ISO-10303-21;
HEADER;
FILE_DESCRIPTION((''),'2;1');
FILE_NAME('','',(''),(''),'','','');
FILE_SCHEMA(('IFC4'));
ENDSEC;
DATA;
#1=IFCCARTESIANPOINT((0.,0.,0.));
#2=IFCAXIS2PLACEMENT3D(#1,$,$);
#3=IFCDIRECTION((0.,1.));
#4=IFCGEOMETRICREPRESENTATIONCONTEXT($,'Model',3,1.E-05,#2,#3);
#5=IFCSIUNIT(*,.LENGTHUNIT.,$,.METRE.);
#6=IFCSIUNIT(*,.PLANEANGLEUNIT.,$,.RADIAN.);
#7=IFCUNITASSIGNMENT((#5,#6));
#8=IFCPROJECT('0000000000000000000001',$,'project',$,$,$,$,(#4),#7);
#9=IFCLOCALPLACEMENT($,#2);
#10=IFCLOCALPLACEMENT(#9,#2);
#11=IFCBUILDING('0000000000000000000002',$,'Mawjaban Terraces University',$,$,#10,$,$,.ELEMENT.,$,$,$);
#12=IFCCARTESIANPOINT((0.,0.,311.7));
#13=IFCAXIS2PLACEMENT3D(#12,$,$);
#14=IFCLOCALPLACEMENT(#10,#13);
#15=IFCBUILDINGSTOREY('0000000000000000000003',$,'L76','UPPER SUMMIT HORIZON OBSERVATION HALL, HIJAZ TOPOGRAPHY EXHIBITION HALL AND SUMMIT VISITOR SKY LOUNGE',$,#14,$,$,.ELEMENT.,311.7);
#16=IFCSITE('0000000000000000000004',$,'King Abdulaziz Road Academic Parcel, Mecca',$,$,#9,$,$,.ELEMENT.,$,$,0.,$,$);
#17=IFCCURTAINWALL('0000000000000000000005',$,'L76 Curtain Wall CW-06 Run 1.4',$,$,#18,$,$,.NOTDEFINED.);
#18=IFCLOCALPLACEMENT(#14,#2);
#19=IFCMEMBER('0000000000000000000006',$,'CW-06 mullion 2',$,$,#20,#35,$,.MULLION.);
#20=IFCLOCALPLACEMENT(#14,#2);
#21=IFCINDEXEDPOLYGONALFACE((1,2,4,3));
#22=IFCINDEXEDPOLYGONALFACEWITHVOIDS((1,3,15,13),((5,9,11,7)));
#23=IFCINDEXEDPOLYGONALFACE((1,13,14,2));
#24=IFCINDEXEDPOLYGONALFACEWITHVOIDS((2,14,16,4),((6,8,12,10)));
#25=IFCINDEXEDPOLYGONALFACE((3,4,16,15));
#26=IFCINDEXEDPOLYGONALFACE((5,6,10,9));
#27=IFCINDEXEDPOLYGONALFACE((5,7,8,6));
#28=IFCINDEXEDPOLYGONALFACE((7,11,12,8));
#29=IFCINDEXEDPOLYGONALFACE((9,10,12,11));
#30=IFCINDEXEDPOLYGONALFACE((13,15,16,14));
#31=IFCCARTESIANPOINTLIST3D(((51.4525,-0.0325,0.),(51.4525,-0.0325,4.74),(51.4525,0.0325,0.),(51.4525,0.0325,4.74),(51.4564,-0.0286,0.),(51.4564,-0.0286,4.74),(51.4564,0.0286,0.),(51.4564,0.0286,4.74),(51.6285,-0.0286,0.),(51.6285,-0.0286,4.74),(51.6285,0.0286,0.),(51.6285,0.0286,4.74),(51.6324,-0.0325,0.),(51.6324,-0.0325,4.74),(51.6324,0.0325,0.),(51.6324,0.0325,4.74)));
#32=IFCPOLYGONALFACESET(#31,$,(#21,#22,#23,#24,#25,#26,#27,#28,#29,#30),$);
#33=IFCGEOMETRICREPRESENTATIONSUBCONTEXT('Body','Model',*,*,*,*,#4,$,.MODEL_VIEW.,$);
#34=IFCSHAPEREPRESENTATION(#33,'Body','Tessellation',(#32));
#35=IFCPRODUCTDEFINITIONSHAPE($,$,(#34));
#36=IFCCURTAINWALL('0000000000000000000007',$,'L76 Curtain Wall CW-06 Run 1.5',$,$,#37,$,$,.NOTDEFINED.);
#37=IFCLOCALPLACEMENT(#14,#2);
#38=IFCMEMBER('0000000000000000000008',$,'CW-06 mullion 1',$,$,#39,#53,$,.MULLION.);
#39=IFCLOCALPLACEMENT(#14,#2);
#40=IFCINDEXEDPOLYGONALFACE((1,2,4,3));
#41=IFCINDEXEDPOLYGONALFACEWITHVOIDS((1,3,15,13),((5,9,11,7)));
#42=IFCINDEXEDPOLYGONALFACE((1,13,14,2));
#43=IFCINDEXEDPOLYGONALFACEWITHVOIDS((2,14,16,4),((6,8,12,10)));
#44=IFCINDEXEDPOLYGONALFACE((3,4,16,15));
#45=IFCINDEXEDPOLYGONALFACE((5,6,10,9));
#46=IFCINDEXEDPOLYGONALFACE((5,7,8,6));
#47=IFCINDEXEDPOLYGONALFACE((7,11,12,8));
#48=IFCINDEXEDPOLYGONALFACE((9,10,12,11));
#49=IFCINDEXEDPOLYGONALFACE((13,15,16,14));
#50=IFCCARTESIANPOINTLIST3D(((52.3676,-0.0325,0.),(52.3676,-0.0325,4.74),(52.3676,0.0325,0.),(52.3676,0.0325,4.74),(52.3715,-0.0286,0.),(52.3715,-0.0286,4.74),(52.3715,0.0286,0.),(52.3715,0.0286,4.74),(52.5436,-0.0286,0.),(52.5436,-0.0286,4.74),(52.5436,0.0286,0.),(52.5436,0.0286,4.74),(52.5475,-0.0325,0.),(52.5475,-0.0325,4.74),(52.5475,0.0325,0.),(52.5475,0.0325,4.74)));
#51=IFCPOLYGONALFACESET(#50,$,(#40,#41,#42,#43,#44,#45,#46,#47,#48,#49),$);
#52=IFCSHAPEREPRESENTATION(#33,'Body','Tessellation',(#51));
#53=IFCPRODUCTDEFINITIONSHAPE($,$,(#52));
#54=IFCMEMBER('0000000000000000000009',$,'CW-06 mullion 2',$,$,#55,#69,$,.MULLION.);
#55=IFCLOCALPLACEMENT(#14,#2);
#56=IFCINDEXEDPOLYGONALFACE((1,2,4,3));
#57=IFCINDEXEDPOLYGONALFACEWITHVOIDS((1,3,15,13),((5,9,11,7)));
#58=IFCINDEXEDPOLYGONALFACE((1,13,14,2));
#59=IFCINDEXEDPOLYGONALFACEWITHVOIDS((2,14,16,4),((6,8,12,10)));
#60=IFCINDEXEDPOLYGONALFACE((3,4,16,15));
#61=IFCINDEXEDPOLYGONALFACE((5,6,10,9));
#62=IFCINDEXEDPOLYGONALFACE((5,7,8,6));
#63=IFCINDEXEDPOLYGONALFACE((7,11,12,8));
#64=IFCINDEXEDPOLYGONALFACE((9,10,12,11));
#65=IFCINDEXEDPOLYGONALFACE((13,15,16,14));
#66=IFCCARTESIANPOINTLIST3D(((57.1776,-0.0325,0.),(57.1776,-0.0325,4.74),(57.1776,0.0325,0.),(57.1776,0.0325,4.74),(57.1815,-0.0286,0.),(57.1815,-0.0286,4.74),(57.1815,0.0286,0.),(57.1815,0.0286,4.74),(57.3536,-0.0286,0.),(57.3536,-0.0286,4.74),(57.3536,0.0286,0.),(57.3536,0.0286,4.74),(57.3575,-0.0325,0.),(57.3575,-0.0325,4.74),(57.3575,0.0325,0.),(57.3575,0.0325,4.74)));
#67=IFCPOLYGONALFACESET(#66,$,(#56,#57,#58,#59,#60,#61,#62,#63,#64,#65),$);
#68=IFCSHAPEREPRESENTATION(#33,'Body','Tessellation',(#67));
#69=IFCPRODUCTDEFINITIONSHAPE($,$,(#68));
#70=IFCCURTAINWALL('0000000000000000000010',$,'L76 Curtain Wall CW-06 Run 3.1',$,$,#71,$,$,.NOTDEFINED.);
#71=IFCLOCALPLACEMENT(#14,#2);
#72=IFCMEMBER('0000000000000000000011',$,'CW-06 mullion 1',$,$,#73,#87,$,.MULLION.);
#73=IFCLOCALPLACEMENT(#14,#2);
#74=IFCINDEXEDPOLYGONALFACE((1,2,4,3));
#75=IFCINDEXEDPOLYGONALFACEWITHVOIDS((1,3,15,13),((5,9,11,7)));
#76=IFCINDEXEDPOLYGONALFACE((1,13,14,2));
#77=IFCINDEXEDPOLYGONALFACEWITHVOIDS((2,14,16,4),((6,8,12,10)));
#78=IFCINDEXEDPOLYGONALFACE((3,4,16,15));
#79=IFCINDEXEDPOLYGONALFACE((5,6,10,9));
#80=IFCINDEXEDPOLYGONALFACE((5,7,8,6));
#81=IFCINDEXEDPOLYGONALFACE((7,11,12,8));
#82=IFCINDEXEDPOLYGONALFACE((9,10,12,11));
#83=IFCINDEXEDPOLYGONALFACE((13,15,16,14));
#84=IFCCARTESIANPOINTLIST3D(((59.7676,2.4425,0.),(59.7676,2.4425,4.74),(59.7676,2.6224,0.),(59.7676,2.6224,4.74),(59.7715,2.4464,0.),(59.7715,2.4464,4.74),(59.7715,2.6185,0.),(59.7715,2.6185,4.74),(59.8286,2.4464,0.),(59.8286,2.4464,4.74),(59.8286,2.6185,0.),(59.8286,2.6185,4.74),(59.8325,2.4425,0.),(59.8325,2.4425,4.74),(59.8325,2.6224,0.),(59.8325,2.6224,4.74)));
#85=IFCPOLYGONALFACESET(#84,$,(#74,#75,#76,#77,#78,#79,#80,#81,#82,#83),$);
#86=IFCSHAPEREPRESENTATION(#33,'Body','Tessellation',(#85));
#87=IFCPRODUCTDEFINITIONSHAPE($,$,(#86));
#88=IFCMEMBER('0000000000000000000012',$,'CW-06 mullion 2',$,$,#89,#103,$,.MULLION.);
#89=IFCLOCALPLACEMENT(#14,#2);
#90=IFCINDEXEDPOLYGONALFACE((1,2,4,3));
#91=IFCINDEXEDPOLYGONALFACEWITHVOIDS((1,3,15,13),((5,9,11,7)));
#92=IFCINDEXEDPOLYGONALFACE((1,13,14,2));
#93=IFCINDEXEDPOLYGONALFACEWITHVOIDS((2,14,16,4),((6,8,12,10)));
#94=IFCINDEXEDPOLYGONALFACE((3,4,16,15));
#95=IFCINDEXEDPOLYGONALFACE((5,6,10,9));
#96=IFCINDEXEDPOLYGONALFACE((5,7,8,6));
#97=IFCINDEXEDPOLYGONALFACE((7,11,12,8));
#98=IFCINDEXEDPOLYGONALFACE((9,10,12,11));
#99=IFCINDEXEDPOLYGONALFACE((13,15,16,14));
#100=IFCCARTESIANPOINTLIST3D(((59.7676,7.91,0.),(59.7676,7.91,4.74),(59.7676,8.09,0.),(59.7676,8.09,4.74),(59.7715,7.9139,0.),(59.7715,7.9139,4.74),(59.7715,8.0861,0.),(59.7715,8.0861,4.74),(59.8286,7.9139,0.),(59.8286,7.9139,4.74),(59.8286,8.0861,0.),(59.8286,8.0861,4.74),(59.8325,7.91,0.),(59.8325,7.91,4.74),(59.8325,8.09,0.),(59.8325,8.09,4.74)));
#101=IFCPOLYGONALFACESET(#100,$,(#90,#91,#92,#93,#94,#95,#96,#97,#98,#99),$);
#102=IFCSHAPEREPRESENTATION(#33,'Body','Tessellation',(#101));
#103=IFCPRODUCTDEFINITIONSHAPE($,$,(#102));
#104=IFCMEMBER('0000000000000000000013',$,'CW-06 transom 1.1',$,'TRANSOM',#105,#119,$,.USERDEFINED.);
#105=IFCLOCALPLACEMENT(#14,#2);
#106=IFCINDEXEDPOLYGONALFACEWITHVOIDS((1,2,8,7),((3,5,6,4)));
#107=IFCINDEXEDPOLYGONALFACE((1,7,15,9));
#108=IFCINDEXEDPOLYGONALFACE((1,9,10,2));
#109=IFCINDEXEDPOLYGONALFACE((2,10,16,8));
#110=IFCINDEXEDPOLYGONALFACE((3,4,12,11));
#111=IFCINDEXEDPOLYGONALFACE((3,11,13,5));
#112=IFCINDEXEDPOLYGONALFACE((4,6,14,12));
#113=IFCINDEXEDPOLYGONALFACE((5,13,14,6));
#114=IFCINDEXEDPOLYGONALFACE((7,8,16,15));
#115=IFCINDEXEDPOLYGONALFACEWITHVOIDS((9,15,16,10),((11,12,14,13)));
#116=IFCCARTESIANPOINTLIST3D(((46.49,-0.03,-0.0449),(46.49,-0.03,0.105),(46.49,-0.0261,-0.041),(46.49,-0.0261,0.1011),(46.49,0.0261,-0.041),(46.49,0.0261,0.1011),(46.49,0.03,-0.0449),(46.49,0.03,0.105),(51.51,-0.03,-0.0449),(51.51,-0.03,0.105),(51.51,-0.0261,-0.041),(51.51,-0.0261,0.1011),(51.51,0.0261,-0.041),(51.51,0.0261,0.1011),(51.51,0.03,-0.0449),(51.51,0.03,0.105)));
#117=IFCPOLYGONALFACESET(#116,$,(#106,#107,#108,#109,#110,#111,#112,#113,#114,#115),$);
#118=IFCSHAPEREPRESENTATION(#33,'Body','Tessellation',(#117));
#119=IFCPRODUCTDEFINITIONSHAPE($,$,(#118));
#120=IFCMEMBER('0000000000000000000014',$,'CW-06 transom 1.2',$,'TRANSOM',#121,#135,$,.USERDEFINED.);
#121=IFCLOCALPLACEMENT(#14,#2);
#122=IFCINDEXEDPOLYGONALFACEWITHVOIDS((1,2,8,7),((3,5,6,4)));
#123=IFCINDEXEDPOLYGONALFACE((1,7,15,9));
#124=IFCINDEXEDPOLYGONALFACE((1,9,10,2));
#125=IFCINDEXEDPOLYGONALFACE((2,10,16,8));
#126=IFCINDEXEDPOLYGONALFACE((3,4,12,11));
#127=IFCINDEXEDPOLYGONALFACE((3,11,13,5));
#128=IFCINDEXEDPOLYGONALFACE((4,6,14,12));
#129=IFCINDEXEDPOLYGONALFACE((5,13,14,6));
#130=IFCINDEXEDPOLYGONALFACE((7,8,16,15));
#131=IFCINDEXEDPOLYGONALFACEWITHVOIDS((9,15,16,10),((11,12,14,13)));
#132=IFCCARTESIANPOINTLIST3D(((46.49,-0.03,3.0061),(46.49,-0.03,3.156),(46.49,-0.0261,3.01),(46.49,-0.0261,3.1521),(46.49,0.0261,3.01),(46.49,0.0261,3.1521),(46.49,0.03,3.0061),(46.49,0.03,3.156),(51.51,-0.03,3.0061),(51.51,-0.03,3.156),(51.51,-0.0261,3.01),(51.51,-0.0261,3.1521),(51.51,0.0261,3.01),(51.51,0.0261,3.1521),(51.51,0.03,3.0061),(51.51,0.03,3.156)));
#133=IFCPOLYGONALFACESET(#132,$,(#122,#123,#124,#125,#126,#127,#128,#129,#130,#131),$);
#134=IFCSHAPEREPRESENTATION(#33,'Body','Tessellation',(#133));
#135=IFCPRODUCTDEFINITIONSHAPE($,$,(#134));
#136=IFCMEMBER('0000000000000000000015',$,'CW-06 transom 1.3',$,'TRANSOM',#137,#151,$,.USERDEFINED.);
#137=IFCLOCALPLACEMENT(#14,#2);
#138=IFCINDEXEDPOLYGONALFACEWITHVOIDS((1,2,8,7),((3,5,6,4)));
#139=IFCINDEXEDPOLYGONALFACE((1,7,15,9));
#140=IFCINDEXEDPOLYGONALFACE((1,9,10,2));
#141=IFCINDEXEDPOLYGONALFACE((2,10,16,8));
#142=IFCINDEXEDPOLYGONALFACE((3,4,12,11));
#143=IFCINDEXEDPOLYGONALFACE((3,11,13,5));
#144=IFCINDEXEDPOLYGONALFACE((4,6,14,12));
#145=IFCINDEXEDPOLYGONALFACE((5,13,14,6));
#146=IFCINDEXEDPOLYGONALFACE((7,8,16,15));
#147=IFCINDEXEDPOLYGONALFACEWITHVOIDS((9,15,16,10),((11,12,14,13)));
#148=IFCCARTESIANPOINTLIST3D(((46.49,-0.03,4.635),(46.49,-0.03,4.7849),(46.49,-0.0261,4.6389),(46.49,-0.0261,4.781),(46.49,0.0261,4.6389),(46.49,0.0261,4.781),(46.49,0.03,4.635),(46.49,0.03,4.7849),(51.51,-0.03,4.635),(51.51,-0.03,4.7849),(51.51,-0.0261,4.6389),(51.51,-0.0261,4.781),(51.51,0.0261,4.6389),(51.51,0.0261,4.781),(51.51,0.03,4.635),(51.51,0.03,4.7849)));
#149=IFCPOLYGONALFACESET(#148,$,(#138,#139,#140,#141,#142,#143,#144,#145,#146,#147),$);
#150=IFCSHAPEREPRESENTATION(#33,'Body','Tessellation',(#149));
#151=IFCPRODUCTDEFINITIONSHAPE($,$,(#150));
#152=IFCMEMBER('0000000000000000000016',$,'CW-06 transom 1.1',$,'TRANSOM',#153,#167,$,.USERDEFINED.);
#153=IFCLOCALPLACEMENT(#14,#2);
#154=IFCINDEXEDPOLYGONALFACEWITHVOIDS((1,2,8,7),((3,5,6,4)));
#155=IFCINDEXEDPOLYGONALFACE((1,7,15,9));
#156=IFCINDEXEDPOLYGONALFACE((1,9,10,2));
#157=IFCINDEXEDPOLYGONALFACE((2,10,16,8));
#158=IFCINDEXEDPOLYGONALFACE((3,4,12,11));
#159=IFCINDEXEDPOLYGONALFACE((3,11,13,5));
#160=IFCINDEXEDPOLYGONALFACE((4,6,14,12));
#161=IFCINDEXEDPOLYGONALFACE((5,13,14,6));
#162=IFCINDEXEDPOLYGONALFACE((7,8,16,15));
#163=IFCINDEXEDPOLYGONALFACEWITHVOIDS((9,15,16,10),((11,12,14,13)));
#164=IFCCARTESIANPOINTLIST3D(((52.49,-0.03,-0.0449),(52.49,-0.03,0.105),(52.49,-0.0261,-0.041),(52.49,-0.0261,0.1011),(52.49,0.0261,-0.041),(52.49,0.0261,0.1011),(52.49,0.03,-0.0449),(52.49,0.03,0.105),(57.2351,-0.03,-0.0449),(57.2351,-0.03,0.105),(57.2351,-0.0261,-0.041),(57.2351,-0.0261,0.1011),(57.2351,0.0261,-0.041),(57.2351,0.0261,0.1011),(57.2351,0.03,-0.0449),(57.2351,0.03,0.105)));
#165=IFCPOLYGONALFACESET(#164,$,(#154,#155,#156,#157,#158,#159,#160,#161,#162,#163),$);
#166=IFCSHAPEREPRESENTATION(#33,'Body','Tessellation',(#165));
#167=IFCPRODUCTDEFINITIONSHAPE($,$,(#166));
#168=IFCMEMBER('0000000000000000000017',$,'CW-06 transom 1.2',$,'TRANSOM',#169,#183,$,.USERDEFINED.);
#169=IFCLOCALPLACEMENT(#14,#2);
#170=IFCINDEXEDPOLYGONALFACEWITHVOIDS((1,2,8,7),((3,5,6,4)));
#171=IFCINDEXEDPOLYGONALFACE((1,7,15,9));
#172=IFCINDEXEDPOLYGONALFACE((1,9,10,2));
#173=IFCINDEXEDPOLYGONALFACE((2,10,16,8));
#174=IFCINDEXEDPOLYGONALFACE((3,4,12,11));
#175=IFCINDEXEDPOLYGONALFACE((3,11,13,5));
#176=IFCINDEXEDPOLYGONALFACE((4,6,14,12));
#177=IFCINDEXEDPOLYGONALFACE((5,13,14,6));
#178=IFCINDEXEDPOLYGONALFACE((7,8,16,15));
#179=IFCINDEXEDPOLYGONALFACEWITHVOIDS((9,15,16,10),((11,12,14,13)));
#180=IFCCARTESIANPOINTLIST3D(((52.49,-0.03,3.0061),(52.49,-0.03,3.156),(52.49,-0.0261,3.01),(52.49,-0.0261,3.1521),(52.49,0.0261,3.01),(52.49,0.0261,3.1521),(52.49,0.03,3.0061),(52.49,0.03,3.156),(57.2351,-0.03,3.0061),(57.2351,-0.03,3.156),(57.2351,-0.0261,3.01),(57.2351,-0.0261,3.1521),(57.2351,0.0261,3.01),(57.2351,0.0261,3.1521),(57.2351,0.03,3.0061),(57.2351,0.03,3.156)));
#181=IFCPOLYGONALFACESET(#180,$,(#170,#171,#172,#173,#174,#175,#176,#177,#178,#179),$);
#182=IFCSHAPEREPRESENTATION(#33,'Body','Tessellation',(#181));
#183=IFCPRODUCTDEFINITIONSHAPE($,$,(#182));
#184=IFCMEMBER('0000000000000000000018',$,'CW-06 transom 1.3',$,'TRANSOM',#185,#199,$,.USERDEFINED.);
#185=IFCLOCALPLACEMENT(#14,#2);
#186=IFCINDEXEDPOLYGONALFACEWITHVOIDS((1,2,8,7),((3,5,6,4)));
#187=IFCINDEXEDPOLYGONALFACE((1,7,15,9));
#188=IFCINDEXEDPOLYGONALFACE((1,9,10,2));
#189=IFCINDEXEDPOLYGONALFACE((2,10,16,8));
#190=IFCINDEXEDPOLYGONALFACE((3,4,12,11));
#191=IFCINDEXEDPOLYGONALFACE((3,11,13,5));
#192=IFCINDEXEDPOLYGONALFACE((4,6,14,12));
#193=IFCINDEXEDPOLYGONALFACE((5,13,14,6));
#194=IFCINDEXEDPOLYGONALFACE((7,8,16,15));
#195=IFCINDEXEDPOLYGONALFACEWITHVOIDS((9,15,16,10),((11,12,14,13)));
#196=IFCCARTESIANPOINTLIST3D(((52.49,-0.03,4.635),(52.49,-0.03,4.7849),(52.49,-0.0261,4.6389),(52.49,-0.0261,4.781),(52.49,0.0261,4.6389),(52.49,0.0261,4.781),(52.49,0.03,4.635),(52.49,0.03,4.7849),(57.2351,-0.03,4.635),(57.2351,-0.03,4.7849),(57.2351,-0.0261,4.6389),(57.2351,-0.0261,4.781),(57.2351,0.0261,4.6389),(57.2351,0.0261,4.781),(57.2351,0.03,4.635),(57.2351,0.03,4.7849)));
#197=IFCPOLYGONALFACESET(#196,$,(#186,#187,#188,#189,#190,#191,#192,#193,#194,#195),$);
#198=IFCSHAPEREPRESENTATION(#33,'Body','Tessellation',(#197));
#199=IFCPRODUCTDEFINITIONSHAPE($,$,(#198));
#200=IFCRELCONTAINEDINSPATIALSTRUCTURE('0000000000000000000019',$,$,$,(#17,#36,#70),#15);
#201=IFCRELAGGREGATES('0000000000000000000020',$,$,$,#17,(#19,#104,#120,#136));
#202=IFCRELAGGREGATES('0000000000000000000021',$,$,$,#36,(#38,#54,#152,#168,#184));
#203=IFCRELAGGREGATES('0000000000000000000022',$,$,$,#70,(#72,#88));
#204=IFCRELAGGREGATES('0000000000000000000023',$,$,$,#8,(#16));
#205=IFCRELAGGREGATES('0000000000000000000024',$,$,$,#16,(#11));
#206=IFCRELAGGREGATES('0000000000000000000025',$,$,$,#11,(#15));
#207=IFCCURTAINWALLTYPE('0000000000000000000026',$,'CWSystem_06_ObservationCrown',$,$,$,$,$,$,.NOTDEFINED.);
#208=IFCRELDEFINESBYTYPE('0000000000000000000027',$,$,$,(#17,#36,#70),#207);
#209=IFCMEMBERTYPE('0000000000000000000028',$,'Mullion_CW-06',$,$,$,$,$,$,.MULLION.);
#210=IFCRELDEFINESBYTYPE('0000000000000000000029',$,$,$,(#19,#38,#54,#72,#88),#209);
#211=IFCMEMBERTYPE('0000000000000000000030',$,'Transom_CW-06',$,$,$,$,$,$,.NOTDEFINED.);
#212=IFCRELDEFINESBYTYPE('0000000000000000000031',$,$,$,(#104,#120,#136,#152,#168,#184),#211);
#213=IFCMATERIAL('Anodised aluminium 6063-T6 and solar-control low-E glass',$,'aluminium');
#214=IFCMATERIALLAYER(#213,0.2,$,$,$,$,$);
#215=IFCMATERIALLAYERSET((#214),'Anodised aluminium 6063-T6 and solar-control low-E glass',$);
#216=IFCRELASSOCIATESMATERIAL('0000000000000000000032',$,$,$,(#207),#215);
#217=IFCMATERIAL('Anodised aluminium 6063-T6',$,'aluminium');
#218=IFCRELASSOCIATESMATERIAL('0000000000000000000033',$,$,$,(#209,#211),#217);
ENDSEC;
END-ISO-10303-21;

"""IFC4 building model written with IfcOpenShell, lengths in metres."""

from ifc_helpers import new_model, si_unit, direction, frame, origin, origin_2d, place, context, subcontext, project, spatial, hollow_rectangle, extrude, material, layer, layer_set, material_profile, profile_set, type_object, element, aggregate, save


model = new_model("IFC4")

# Units and contexts
model_context = context("Model", 3, precision=1e-05, world=origin(), true_north=direction((0.0, 1.0)))
body_context = subcontext(model_context, "Body", "Model", "MODEL_VIEW")
ifc_project = project(units=[si_unit("LENGTHUNIT", "METRE"), si_unit("PLANEANGLEUNIT", "RADIAN")], contexts=[model_context])

# Site, building, storey
site_placement = place(None, origin())
site = spatial("IfcSite", under=ifc_project, at=site_placement, Name="King Abdulaziz Road Academic Parcel, Mecca", CompositionType="ELEMENT", RefElevation=0.0)
building_placement = place(site_placement, origin())
building = spatial("IfcBuilding", under=site, at=building_placement, Name="Mawjaban Terraces University", CompositionType="ELEMENT")
storey_placement = place(building_placement, frame((0.0, 0.0, 311.7)))
storey = spatial("IfcBuildingStorey", under=building, at=storey_placement, Name="L76", Description="UPPER SUMMIT HORIZON OBSERVATION HALL, HIJAZ TOPOGRAPHY EXHIBITION HALL AND SUMMIT VISITOR SKY LOUNGE", CompositionType="ELEMENT", Elevation=311.7)

# Curtain walls, members
ifc_material_1 = material(Name="Anodised aluminium 6063-T6 and solar-control low-E glass", Category="aluminium")
ifc_layer_1 = layer(ifc_material_1, 0.2)
ifc_layer_set_1 = layer_set([ifc_layer_1], Name="Anodised aluminium 6063-T6 and solar-control low-E glass")
curtain_wall_type = type_object("IfcCurtainWallType", Name="CWSystem_06_ObservationCrown", PredefinedType="NOTDEFINED", material=ifc_layer_set_1)
curtain_wall_1_placement = place(storey_placement, origin())
curtain_wall_1 = element("IfcCurtainWall", 1, at=curtain_wall_1_placement, inside=storey, type_object=curtain_wall_type, Name="L76 Curtain Wall CW-06 Run 1.4", PredefinedType="NOTDEFINED")
ifc_material_2 = material(Name="Anodised aluminium 6063-T6", Category="aluminium")
ifc_material_profile_1 = material_profile(ifc_material_2, hollow_rectangle(XDim=0.0649, YDim=0.1799, WallThickness=0.0039, at=origin_2d()), Name="ALU180X65X4")
ifc_profile_set_1 = profile_set([ifc_material_profile_1], Name="Anodised aluminium 6063-T6")
member_type_1 = type_object("IfcMemberType", Name="Mullion_CW-06", PredefinedType="MULLION", material=ifc_profile_set_1)
member_1_placement = place(storey_placement, frame((51.5425, 0.0, 0.0), z_axis=(0.0, 0.0, 1.0), x_axis=(0.0, 1.0, 0.0)))
member_1 = element("IfcMember", 2, at=member_1_placement, type_object=member_type_1, Name="CW-06 mullion 2", PredefinedType="MULLION", context=body_context, shape_type="SweptSolid", body=[
    extrude(hollow_rectangle(XDim=0.0649, YDim=0.1799, WallThickness=0.0039, at=origin_2d()), origin(), (0.0, 0.0, 1.0), 4.74),
])
curtain_wall_2_placement = place(storey_placement, origin())
curtain_wall_2 = element("IfcCurtainWall", 3, at=curtain_wall_2_placement, inside=storey, type_object=curtain_wall_type, Name="L76 Curtain Wall CW-06 Run 1.5", PredefinedType="NOTDEFINED")
member_2_placement = place(storey_placement, frame((52.4575, 0.0, 0.0), z_axis=(0.0, 0.0, 1.0), x_axis=(0.0, 1.0, 0.0)))
member_2 = element("IfcMember", 4, at=member_2_placement, type_object=member_type_1, Name="CW-06 mullion 1", PredefinedType="MULLION", context=body_context, shape_type="SweptSolid", body=[
    extrude(hollow_rectangle(XDim=0.0649, YDim=0.1799, WallThickness=0.0039, at=origin_2d()), origin(), (0.0, 0.0, 1.0), 4.74),
])
member_3_placement = place(storey_placement, frame((57.2676, 0.0, 0.0), z_axis=(0.0, 0.0, 1.0), x_axis=(0.0, 1.0, 0.0)))
member_3 = element("IfcMember", 5, at=member_3_placement, type_object=member_type_1, Name="CW-06 mullion 2", PredefinedType="MULLION", context=body_context, shape_type="SweptSolid", body=[
    extrude(hollow_rectangle(XDim=0.0649, YDim=0.1799, WallThickness=0.0039, at=origin_2d()), origin(), (0.0, 0.0, 1.0), 4.74),
])
curtain_wall_3_placement = place(storey_placement, origin())
curtain_wall_3 = element("IfcCurtainWall", 6, at=curtain_wall_3_placement, inside=storey, type_object=curtain_wall_type, Name="L76 Curtain Wall CW-06 Run 3.1", PredefinedType="NOTDEFINED")
member_4_placement = place(storey_placement, frame((59.8, 2.5325, 0.0), z_axis=(0.0, 0.0, 1.0), x_axis=(-1.0, 0.0, 0.0)))
member_4 = element("IfcMember", 7, at=member_4_placement, type_object=member_type_1, Name="CW-06 mullion 1", PredefinedType="MULLION", context=body_context, shape_type="SweptSolid", body=[
    extrude(hollow_rectangle(XDim=0.0649, YDim=0.1799, WallThickness=0.0039, at=origin_2d()), origin(), (0.0, 0.0, 1.0), 4.74),
])
member_5_placement = place(storey_placement, frame((59.8, 8.0, 0.0), z_axis=(0.0, 0.0, 1.0), x_axis=(-1.0, 0.0, 0.0)))
member_5 = element("IfcMember", 8, at=member_5_placement, type_object=member_type_1, Name="CW-06 mullion 2", PredefinedType="MULLION", context=body_context, shape_type="SweptSolid", body=[
    extrude(hollow_rectangle(XDim=0.0649, YDim=0.1799, WallThickness=0.0039, at=origin_2d()), origin(), (0.0, 0.0, 1.0), 4.74),
])

# Members
ifc_material_profile_2 = material_profile(ifc_material_2, hollow_rectangle(XDim=0.0601, YDim=0.1499, WallThickness=0.0039, at=origin_2d()), Name="ALU150X60X4")
ifc_profile_set_2 = profile_set([ifc_material_profile_2], Name="Anodised aluminium 6063-T6")
member_type_2 = type_object("IfcMemberType", Name="Transom_CW-06", PredefinedType="NOTDEFINED", material=ifc_profile_set_2)
member_6_placement = place(storey_placement, frame((46.49, 0.0, 0.03), z_axis=(1.0, 0.0, 0.0), x_axis=(0.0, 1.0, 0.0)))
member_6 = element("IfcMember", 9, at=member_6_placement, type_object=member_type_2, Name="CW-06 transom 1.1", ObjectType="TRANSOM", PredefinedType="USERDEFINED", context=body_context, shape_type="SweptSolid", body=[
    extrude(hollow_rectangle(XDim=0.0601, YDim=0.1499, WallThickness=0.0039, at=origin_2d()), origin(), (0.0, 0.0, 1.0), 5.02),
])
member_7_placement = place(storey_placement, frame((46.49, 0.0, 3.0811), z_axis=(1.0, 0.0, 0.0), x_axis=(0.0, 1.0, 0.0)))
member_7 = element("IfcMember", 10, at=member_7_placement, type_object=member_type_2, Name="CW-06 transom 1.2", ObjectType="TRANSOM", PredefinedType="USERDEFINED", context=body_context, shape_type="SweptSolid", body=[
    extrude(hollow_rectangle(XDim=0.0601, YDim=0.1499, WallThickness=0.0039, at=origin_2d()), origin(), (0.0, 0.0, 1.0), 5.02),
])
member_8_placement = place(storey_placement, frame((46.49, 0.0, 4.71), z_axis=(1.0, 0.0, 0.0), x_axis=(0.0, 1.0, 0.0)))
member_8 = element("IfcMember", 11, at=member_8_placement, type_object=member_type_2, Name="CW-06 transom 1.3", ObjectType="TRANSOM", PredefinedType="USERDEFINED", context=body_context, shape_type="SweptSolid", body=[
    extrude(hollow_rectangle(XDim=0.0601, YDim=0.1499, WallThickness=0.0039, at=origin_2d()), origin(), (0.0, 0.0, 1.0), 5.02),
])
member_9_placement = place(storey_placement, frame((52.49, 0.0, 0.03), z_axis=(1.0, 0.0, 0.0), x_axis=(0.0, 1.0, 0.0)))
member_9 = element("IfcMember", 12, at=member_9_placement, type_object=member_type_2, Name="CW-06 transom 1.1", ObjectType="TRANSOM", PredefinedType="USERDEFINED", context=body_context, shape_type="SweptSolid", body=[
    extrude(hollow_rectangle(XDim=0.0601, YDim=0.1499, WallThickness=0.0039, at=origin_2d()), origin(), (0.0, 0.0, 1.0), 4.7451),
])
member_10_placement = place(storey_placement, frame((52.49, 0.0, 3.0811), z_axis=(1.0, 0.0, 0.0), x_axis=(0.0, 1.0, 0.0)))
member_10 = element("IfcMember", 13, at=member_10_placement, type_object=member_type_2, Name="CW-06 transom 1.2", ObjectType="TRANSOM", PredefinedType="USERDEFINED", context=body_context, shape_type="SweptSolid", body=[
    extrude(hollow_rectangle(XDim=0.0601, YDim=0.1499, WallThickness=0.0039, at=origin_2d()), origin(), (0.0, 0.0, 1.0), 4.7451),
])
member_11_placement = place(storey_placement, frame((52.49, 0.0, 4.71), z_axis=(1.0, 0.0, 0.0), x_axis=(0.0, 1.0, 0.0)))
member_11 = element("IfcMember", 14, at=member_11_placement, type_object=member_type_2, Name="CW-06 transom 1.3", ObjectType="TRANSOM", PredefinedType="USERDEFINED", context=body_context, shape_type="SweptSolid", body=[
    extrude(hollow_rectangle(XDim=0.0601, YDim=0.1499, WallThickness=0.0039, at=origin_2d()), origin(), (0.0, 0.0, 1.0), 4.7451),
])

aggregate(curtain_wall_1, [member_1, member_6, member_7, member_8])
aggregate(curtain_wall_2, [member_2, member_3, member_9, member_10, member_11])
aggregate(curtain_wall_3, [member_4, member_5])

save(model, "model.ifc")
